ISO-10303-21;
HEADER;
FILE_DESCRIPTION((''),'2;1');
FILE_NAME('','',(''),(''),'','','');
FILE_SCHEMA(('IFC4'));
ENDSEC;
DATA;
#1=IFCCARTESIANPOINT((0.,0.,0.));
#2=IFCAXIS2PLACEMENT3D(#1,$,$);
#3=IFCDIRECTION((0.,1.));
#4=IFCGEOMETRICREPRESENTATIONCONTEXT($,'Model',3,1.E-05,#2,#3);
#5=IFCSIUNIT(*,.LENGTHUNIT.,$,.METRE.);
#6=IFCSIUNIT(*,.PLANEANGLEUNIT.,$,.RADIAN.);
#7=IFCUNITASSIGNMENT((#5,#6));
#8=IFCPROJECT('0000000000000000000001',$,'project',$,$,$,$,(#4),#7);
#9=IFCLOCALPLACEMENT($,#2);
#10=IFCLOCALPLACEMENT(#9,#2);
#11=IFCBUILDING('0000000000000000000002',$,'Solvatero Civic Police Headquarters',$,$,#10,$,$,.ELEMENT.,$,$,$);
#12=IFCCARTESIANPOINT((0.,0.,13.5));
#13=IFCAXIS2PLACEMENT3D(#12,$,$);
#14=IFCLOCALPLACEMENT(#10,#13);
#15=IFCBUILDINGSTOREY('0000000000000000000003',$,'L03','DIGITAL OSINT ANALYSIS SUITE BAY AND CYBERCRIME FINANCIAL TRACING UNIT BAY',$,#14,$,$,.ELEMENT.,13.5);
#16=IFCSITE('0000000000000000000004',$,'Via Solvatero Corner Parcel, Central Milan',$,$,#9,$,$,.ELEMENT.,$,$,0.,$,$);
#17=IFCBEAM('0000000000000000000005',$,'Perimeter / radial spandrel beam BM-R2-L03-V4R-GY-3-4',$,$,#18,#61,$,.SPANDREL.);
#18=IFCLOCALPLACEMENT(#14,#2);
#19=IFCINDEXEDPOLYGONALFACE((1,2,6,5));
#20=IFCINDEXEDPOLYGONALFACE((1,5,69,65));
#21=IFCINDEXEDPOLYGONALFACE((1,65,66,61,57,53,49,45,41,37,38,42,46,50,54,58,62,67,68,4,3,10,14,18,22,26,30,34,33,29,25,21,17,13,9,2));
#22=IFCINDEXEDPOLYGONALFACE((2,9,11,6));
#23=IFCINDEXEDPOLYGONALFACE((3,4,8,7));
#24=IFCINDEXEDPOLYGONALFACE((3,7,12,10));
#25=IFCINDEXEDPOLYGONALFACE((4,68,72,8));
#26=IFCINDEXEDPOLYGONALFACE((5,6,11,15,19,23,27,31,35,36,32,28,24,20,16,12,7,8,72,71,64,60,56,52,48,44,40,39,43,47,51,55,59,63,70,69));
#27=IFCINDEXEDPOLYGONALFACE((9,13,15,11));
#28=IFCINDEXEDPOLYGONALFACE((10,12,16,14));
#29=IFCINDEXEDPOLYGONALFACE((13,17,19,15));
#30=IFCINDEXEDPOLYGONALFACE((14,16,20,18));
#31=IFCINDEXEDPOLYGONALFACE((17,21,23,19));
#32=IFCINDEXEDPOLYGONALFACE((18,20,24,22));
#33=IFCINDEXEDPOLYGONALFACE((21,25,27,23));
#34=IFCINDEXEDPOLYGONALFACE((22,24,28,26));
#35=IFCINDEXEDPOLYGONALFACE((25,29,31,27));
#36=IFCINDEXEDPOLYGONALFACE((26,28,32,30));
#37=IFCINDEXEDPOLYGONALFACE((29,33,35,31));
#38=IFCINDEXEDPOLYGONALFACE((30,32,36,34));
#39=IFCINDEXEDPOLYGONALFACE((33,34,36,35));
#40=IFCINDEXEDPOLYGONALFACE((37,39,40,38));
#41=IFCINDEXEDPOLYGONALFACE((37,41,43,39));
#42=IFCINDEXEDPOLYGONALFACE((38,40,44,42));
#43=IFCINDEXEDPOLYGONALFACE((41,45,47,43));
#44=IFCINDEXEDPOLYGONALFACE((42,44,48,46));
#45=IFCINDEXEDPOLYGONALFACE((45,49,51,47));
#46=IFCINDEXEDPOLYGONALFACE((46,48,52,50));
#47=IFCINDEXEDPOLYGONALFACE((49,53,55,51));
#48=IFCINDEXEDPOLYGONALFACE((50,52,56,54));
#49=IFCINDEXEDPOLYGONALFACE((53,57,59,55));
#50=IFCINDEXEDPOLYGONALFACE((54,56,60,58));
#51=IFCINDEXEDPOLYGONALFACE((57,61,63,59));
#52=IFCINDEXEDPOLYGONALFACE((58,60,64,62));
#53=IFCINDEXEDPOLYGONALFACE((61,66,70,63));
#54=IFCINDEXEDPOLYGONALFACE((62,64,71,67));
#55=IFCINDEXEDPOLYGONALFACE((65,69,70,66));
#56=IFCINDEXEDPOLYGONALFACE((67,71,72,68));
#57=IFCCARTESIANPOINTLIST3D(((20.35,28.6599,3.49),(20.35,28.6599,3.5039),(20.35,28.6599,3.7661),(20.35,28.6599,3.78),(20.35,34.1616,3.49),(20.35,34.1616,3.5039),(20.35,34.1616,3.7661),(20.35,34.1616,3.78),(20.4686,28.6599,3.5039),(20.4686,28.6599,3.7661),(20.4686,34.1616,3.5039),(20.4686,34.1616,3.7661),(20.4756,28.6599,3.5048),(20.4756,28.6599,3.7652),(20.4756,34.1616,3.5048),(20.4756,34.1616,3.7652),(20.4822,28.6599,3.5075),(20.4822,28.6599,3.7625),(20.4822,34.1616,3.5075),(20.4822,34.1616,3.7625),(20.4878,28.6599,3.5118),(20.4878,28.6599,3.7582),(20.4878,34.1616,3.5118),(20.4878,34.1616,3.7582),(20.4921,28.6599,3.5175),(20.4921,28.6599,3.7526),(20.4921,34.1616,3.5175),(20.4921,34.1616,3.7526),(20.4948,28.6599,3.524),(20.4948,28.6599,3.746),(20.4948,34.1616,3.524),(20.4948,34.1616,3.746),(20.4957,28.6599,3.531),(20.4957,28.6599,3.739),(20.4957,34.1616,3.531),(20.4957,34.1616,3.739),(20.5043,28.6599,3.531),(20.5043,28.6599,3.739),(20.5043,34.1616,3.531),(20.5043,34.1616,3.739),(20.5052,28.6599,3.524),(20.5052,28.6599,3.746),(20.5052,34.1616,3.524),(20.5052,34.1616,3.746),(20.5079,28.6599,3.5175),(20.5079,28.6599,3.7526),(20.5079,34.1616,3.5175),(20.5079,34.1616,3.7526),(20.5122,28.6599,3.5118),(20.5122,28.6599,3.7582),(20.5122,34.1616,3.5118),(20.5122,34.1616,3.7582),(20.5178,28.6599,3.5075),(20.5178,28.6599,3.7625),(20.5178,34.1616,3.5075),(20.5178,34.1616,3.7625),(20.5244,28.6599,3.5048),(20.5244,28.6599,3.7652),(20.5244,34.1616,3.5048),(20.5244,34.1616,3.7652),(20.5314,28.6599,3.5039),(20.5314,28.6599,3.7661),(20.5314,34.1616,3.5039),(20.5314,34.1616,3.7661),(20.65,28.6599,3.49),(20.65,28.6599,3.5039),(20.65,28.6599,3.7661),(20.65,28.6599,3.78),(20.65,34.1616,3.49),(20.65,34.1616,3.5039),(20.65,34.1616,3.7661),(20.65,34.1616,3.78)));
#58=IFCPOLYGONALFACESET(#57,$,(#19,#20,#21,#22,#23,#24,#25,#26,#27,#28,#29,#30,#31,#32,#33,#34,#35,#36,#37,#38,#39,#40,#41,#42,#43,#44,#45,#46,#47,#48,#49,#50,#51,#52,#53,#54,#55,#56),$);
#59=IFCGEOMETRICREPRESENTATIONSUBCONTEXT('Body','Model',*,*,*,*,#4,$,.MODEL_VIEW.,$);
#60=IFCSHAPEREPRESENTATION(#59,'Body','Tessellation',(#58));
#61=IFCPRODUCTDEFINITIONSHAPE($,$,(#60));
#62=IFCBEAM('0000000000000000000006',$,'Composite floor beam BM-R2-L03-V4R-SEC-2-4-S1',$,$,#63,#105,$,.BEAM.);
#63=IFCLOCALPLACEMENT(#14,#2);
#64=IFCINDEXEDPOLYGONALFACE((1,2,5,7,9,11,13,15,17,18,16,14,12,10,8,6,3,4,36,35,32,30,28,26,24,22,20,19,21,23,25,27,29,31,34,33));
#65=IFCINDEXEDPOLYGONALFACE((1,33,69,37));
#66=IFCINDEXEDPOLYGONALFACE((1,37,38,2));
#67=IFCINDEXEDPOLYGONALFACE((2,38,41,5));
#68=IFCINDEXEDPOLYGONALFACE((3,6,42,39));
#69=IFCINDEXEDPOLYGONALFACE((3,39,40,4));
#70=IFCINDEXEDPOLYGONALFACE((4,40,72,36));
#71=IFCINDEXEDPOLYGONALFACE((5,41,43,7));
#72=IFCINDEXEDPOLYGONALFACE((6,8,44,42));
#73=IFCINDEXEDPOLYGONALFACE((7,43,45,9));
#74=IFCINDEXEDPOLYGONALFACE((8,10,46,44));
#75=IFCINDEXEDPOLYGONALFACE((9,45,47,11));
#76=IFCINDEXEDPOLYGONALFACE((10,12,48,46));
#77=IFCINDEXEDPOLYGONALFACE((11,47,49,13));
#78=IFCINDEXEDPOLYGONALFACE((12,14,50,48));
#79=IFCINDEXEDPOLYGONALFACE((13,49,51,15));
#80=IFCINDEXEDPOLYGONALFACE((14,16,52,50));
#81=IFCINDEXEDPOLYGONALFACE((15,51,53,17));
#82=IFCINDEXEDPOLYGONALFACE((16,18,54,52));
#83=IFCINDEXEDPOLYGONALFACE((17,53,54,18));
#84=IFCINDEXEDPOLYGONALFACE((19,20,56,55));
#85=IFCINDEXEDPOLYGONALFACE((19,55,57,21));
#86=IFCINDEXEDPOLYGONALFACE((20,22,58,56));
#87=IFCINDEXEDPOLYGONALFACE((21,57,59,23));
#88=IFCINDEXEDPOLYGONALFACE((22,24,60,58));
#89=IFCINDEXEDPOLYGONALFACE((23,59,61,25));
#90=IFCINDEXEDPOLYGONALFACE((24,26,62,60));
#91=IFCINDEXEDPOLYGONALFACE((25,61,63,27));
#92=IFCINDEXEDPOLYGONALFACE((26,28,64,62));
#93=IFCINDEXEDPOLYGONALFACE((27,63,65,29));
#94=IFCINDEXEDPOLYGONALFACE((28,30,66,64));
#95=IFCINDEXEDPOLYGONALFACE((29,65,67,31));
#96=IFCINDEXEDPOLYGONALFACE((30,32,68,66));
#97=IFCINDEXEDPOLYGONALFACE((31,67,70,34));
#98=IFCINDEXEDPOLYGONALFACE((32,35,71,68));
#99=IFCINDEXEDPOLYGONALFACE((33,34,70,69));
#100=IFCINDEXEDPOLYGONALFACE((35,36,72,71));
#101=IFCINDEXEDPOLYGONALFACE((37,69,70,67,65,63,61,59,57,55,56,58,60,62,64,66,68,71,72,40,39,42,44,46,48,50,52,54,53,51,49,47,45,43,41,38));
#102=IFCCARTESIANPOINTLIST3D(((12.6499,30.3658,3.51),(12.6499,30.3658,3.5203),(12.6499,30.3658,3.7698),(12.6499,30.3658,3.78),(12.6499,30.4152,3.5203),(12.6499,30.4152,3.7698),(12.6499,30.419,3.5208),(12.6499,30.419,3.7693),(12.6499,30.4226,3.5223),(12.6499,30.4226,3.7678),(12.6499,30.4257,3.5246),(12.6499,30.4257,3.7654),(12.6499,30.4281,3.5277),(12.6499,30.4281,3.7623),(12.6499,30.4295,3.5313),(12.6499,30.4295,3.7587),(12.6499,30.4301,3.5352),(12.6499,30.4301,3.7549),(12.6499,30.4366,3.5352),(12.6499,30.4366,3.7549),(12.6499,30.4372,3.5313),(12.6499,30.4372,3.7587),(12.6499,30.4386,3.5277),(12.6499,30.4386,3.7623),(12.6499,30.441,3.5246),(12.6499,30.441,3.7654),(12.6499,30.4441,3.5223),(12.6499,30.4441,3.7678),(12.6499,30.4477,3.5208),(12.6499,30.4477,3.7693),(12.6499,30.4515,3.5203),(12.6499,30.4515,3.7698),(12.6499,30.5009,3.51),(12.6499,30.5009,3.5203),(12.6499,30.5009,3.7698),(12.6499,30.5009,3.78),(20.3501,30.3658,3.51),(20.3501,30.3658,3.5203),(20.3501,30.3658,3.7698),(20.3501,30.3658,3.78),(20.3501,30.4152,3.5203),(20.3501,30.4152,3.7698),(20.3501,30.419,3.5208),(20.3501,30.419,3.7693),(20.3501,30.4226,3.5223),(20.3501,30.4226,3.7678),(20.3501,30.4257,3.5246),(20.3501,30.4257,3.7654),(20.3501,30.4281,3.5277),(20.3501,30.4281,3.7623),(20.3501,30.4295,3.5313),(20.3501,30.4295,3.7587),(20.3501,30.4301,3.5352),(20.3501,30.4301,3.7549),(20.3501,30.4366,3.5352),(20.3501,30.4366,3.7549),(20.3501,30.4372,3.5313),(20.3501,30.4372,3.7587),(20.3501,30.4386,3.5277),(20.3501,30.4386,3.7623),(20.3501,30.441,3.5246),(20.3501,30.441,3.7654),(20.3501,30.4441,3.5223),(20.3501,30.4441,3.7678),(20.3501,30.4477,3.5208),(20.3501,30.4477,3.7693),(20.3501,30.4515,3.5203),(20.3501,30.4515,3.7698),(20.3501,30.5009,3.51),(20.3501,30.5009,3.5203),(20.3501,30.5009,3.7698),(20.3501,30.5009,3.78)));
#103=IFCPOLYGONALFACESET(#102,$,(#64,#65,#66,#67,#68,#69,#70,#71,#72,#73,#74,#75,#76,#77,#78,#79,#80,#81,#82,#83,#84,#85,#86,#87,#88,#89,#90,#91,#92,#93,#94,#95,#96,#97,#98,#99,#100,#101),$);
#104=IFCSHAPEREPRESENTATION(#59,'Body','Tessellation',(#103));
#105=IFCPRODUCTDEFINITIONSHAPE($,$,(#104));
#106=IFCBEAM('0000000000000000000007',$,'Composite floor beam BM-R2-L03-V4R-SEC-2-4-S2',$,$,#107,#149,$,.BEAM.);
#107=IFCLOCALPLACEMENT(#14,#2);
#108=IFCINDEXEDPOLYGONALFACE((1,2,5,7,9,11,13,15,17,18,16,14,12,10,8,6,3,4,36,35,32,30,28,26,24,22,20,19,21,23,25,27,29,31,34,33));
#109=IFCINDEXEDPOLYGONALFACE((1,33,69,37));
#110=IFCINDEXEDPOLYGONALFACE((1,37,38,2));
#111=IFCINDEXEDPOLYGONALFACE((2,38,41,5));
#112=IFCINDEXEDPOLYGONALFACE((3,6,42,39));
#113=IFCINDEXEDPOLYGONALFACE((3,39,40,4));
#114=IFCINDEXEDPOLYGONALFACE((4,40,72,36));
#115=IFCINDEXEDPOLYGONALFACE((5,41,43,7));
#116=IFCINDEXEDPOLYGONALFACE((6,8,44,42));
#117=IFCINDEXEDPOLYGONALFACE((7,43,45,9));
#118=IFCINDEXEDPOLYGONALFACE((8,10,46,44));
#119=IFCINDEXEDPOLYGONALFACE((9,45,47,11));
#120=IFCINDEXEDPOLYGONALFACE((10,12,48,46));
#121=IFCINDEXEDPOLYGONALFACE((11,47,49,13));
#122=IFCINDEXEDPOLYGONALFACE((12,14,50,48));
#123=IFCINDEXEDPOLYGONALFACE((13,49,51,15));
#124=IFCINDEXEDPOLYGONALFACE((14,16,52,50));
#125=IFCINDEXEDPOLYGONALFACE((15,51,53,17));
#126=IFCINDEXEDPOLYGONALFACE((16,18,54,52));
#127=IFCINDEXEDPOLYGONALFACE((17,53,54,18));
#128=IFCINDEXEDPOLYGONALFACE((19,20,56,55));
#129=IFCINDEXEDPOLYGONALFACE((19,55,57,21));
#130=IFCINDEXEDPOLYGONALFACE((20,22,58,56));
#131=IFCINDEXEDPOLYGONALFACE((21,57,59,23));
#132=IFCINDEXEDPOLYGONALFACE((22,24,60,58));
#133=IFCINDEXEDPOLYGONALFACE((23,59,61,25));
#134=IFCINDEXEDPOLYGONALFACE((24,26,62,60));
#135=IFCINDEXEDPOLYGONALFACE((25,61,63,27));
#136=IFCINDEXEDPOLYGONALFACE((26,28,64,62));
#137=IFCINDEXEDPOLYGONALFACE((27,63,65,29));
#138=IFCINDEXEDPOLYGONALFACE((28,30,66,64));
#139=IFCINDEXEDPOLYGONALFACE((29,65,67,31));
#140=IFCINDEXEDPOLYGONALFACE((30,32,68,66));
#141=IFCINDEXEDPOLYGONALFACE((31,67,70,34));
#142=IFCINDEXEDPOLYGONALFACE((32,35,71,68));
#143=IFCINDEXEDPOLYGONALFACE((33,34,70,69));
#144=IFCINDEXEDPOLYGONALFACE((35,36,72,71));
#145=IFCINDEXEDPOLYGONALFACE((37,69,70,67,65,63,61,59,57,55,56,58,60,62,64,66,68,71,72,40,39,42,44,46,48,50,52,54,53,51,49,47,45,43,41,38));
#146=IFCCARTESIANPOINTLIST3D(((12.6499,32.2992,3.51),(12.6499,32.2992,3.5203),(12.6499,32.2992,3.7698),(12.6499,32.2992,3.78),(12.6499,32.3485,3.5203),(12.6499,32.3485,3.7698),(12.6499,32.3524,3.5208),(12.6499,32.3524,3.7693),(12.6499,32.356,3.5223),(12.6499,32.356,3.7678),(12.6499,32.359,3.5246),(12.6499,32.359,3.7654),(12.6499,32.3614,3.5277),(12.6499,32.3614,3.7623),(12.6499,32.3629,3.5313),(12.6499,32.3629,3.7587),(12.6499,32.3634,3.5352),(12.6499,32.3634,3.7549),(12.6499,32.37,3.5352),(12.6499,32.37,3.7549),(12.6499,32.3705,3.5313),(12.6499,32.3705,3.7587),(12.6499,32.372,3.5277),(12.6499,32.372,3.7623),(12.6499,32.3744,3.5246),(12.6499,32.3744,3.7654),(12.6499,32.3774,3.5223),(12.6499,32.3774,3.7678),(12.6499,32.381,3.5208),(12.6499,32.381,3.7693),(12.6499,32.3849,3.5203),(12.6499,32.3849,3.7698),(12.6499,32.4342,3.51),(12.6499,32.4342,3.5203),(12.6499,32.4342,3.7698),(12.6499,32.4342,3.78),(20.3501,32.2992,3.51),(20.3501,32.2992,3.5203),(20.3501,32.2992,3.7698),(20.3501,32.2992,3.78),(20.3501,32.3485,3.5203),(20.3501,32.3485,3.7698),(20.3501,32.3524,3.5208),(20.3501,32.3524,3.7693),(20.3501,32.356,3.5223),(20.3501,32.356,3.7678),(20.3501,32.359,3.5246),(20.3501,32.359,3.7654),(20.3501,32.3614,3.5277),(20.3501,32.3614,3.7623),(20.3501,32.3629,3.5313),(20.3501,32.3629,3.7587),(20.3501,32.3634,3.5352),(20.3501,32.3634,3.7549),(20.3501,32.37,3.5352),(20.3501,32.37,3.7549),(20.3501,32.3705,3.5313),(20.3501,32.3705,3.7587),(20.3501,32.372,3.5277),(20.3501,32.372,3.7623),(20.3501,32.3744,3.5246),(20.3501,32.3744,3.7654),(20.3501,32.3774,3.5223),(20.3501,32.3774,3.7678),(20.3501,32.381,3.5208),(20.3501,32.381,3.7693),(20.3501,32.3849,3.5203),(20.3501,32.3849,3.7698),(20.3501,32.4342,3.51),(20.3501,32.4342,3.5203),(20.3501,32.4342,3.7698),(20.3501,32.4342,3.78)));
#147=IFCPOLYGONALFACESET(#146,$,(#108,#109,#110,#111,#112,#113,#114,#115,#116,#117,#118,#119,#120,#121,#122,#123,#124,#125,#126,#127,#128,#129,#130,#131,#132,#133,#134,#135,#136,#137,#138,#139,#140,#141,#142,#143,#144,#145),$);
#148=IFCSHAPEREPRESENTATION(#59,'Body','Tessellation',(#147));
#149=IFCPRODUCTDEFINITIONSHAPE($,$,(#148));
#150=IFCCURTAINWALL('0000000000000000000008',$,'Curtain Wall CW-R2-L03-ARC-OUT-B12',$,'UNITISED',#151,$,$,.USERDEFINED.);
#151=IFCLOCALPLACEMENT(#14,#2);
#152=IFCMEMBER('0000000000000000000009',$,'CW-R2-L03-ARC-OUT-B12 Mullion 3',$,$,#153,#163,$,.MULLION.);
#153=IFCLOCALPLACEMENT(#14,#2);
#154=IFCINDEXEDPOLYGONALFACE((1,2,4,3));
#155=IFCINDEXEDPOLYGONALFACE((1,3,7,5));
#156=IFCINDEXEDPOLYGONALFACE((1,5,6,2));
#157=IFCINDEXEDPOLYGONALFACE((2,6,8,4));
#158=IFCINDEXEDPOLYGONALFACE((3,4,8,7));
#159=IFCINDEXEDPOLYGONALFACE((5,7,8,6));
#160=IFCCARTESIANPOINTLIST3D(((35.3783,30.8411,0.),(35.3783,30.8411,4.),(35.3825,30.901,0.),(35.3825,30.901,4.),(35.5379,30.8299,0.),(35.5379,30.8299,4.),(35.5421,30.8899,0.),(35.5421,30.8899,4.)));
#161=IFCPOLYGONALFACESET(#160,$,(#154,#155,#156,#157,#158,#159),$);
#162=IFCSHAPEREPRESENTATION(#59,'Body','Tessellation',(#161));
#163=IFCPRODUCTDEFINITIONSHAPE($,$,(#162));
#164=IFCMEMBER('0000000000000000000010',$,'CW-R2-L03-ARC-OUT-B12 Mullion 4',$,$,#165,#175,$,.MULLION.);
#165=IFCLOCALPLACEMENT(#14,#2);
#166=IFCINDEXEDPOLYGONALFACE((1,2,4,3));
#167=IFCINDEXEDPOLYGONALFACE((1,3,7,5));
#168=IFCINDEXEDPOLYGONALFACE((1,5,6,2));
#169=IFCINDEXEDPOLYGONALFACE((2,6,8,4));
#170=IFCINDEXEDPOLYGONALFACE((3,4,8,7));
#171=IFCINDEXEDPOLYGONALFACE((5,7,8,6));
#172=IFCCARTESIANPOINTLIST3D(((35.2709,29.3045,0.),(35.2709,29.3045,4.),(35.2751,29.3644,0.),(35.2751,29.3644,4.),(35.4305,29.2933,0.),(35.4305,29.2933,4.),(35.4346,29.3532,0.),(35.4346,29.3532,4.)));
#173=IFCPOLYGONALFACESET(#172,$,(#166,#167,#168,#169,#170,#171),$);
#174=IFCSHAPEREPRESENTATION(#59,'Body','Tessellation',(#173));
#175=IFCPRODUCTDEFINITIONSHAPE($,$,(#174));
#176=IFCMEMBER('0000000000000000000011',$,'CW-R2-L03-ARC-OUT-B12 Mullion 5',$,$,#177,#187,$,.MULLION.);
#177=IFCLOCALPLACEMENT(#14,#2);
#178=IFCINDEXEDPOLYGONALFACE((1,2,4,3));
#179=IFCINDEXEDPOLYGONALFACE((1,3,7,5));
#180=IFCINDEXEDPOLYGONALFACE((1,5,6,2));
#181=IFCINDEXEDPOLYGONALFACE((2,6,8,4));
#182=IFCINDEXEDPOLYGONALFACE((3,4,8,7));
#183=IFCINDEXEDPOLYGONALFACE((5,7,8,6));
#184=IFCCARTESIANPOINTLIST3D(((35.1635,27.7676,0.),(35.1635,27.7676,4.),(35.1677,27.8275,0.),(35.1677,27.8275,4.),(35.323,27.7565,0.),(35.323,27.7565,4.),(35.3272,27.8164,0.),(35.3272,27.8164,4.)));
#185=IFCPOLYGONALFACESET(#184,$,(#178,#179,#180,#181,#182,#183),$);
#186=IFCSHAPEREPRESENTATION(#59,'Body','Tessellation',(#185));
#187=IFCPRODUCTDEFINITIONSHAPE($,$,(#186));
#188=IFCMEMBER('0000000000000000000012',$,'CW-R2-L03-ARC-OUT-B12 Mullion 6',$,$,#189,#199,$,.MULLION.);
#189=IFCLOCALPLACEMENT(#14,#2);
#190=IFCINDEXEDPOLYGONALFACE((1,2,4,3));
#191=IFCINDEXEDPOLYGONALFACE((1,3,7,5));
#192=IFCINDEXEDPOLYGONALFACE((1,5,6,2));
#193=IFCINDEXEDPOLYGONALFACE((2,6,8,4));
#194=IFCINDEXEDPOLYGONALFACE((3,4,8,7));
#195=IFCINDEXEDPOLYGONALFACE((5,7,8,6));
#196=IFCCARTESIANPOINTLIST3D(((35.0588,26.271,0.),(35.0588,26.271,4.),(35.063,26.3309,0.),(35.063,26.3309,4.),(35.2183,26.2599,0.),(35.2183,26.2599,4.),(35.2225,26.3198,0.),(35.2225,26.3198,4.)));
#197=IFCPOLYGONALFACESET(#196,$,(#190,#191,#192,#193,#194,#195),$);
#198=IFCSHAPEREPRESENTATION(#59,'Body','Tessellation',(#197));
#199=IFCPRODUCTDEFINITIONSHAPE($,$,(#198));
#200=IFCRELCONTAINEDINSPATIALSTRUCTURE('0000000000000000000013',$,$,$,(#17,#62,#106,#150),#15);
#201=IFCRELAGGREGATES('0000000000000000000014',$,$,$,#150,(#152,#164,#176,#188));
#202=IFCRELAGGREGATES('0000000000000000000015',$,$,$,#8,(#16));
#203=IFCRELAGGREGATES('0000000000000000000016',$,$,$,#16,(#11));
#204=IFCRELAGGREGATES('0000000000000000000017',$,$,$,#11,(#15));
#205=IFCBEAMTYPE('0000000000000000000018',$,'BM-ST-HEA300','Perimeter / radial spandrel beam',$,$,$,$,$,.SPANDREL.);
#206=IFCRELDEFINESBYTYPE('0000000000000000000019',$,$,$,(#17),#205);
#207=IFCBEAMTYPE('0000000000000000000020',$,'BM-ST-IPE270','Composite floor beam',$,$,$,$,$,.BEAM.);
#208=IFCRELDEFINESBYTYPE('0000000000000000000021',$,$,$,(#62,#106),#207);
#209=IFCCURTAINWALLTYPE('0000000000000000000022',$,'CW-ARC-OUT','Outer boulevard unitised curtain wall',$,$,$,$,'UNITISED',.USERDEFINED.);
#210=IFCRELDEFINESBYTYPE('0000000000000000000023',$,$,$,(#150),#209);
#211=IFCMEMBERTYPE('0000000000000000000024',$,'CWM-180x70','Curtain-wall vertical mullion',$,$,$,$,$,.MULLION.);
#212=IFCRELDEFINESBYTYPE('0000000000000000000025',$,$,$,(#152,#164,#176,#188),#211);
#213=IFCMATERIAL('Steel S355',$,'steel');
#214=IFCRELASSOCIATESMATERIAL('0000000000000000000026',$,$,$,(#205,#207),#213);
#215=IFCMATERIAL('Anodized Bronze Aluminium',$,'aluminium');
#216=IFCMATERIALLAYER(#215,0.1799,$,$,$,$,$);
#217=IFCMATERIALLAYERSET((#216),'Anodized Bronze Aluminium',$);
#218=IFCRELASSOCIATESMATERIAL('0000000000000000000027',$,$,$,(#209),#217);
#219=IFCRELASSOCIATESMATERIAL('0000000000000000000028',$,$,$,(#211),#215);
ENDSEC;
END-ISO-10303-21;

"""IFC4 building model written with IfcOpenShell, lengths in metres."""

from ifc_helpers import new_model, si_unit, direction, frame, origin, origin_2d, place, context, subcontext, project, spatial, rectangle, i_section, extrude, material, layer, layer_set, material_profile, profile_set, type_object, element, aggregate, save


model = new_model("IFC4")

# Units and contexts
model_context = context("Model", 3, precision=1e-05, world=origin(), true_north=direction((0.0, 1.0)))
body_context = subcontext(model_context, "Body", "Model", "MODEL_VIEW")
ifc_project = project(units=[si_unit("LENGTHUNIT", "METRE"), si_unit("PLANEANGLEUNIT", "RADIAN")], contexts=[model_context])

# Site, building, storey
site_placement = place(None, origin())
site = spatial("IfcSite", under=ifc_project, at=site_placement, Name="Via Solvatero Corner Parcel, Central Milan", CompositionType="ELEMENT", RefElevation=0.0)
building_placement = place(site_placement, origin())
building = spatial("IfcBuilding", under=site, at=building_placement, Name="Solvatero Civic Police Headquarters", CompositionType="ELEMENT")
storey_placement = place(building_placement, frame((0.0, 0.0, 13.5)))
storey = spatial("IfcBuildingStorey", under=building, at=storey_placement, Name="L03", Description="DIGITAL OSINT ANALYSIS SUITE BAY AND CYBERCRIME FINANCIAL TRACING UNIT BAY", CompositionType="ELEMENT", Elevation=13.5)

# Shared definitions
ifc_material_1 = material(Name="Steel S355", Category="steel")

# Beams
ifc_material_profile_1 = material_profile(ifc_material_1, i_section(OverallWidth=0.3, OverallDepth=0.29, WebThickness=0.0085, FlangeThickness=0.0139, FilletRadius=0.0271, at=origin_2d()), Name="HEA 300")
ifc_profile_set_1 = profile_set([ifc_material_profile_1], Name="Steel S355")
beam_type_1 = type_object("IfcBeamType", Name="BM-ST-HEA300", Description="Perimeter / radial spandrel beam", PredefinedType="SPANDREL", material=ifc_profile_set_1)
beam_placement = place(storey_placement, frame((20.5, 28.6599, 3.635), z_axis=(0.0, 1.0, 0.0), x_axis=(-1.0, 0.0, 0.0)))
element("IfcBeam", 1, at=beam_placement, inside=storey, type_object=beam_type_1, Name="Perimeter / radial spandrel beam BM-R2-L03-V4R-GY-3-4", PredefinedType="SPANDREL", context=body_context, shape_type="SweptSolid", body=[
    extrude(i_section(OverallWidth=0.3, OverallDepth=0.29, WebThickness=0.0085, FlangeThickness=0.0139, FilletRadius=0.0271, at=origin_2d()), origin(), (0.0, 0.0, 1.0), 5.5017),
])
ifc_material_profile_2 = material_profile(ifc_material_1, i_section(OverallWidth=0.135, OverallDepth=0.27, WebThickness=0.0066, FlangeThickness=0.0103, FilletRadius=0.0149, at=origin_2d()), Name="IPE 270")
ifc_profile_set_2 = profile_set([ifc_material_profile_2], Name="Steel S355")
beam_type_2 = type_object("IfcBeamType", Name="BM-ST-IPE270", Description="Composite floor beam", PredefinedType="BEAM", material=ifc_profile_set_2)
for number, where, z_axis, x_axis, name in (
    (2, (12.6499, 30.4333, 3.645), (1.0, 0.0, 0.0), (0.0, 1.0, 0.0), "Composite floor beam BM-R2-L03-V4R-SEC-2-4-S1"),
    (3, (12.6499, 32.3667, 3.645), (1.0, 0.0, 0.0), (0.0, 1.0, 0.0), "Composite floor beam BM-R2-L03-V4R-SEC-2-4-S2"),
):
    element("IfcBeam", number, at=place(storey_placement, frame(where, z_axis=z_axis, x_axis=x_axis)), inside=storey, type_object=beam_type_2, Name=name, PredefinedType="BEAM", context=body_context, shape_type="SweptSolid", body=[
        extrude(i_section(OverallWidth=0.135, OverallDepth=0.27, WebThickness=0.0066, FlangeThickness=0.0103, FilletRadius=0.0149, at=origin_2d()), origin(), (0.0, 0.0, 1.0), 7.7002),
    ])

# Curtain wall, members
ifc_material_2 = material(Name="Anodized Bronze Aluminium", Category="aluminium")
ifc_layer_1 = layer(ifc_material_2, 0.1799)
ifc_layer_set_1 = layer_set([ifc_layer_1], Name="Anodized Bronze Aluminium")
curtain_wall_type = type_object("IfcCurtainWallType", Name="CW-ARC-OUT", Description="Outer boulevard unitised curtain wall", ElementType="UNITISED", PredefinedType="USERDEFINED", material=ifc_layer_set_1)
curtain_wall_placement = place(storey_placement, origin())
curtain_wall = element("IfcCurtainWall", 4, at=curtain_wall_placement, inside=storey, type_object=curtain_wall_type, Name="Curtain Wall CW-R2-L03-ARC-OUT-B12", ObjectType="UNITISED", PredefinedType="USERDEFINED")
ifc_material_profile_3 = material_profile(ifc_material_2, rectangle(XDim=0.0601, YDim=0.1599, at=origin_2d()), Name="ALU MULLION 60x160")
ifc_profile_set_3 = profile_set([ifc_material_profile_3], Name="Anodized Bronze Aluminium")
member_type = type_object("IfcMemberType", Name="CWM-180x70", Description="Curtain-wall vertical mullion", PredefinedType="MULLION", material=ifc_profile_set_3)
member_1_placement = place(storey_placement, frame((35.4602, 30.8655, 0.0), z_axis=(0.0, 0.0, 1.0), x_axis=(-0.069739, -0.997565, 0.0)))
member_1 = element("IfcMember", 5, at=member_1_placement, type_object=member_type, Name="CW-R2-L03-ARC-OUT-B12 Mullion 3", PredefinedType="MULLION", context=body_context, shape_type="SweptSolid", body=[
    extrude(rectangle(XDim=0.0601, YDim=0.1599, at=origin_2d()), origin(), (0.0, 0.0, 1.0), 4.0),
])
member_2_placement = place(storey_placement, frame((35.3528, 29.3289, 0.0), z_axis=(0.0, 0.0, 1.0), x_axis=(-0.069739, -0.997565, 0.0)))
member_2 = element("IfcMember", 6, at=member_2_placement, type_object=member_type, Name="CW-R2-L03-ARC-OUT-B12 Mullion 4", PredefinedType="MULLION", context=body_context, shape_type="SweptSolid", body=[
    extrude(rectangle(XDim=0.0601, YDim=0.1599, at=origin_2d()), origin(), (0.0, 0.0, 1.0), 4.0),
])
member_3_placement = place(storey_placement, frame((35.2454, 27.792, 0.0), z_axis=(0.0, 0.0, 1.0), x_axis=(-0.069739, -0.997565, 0.0)))
member_3 = element("IfcMember", 7, at=member_3_placement, type_object=member_type, Name="CW-R2-L03-ARC-OUT-B12 Mullion 5", PredefinedType="MULLION", context=body_context, shape_type="SweptSolid", body=[
    extrude(rectangle(XDim=0.0601, YDim=0.1599, at=origin_2d()), origin(), (0.0, 0.0, 1.0), 4.0),
])
member_4_placement = place(storey_placement, frame((35.1406, 26.2954, 0.0), z_axis=(0.0, 0.0, 1.0), x_axis=(-0.069739, -0.997565, 0.0)))
member_4 = element("IfcMember", 8, at=member_4_placement, type_object=member_type, Name="CW-R2-L03-ARC-OUT-B12 Mullion 6", PredefinedType="MULLION", context=body_context, shape_type="SweptSolid", body=[
    extrude(rectangle(XDim=0.0601, YDim=0.1599, at=origin_2d()), origin(), (0.0, 0.0, 1.0), 4.0),
])
aggregate(curtain_wall, [member_1, member_2, member_3, member_4])

save(model, "model.ifc")
